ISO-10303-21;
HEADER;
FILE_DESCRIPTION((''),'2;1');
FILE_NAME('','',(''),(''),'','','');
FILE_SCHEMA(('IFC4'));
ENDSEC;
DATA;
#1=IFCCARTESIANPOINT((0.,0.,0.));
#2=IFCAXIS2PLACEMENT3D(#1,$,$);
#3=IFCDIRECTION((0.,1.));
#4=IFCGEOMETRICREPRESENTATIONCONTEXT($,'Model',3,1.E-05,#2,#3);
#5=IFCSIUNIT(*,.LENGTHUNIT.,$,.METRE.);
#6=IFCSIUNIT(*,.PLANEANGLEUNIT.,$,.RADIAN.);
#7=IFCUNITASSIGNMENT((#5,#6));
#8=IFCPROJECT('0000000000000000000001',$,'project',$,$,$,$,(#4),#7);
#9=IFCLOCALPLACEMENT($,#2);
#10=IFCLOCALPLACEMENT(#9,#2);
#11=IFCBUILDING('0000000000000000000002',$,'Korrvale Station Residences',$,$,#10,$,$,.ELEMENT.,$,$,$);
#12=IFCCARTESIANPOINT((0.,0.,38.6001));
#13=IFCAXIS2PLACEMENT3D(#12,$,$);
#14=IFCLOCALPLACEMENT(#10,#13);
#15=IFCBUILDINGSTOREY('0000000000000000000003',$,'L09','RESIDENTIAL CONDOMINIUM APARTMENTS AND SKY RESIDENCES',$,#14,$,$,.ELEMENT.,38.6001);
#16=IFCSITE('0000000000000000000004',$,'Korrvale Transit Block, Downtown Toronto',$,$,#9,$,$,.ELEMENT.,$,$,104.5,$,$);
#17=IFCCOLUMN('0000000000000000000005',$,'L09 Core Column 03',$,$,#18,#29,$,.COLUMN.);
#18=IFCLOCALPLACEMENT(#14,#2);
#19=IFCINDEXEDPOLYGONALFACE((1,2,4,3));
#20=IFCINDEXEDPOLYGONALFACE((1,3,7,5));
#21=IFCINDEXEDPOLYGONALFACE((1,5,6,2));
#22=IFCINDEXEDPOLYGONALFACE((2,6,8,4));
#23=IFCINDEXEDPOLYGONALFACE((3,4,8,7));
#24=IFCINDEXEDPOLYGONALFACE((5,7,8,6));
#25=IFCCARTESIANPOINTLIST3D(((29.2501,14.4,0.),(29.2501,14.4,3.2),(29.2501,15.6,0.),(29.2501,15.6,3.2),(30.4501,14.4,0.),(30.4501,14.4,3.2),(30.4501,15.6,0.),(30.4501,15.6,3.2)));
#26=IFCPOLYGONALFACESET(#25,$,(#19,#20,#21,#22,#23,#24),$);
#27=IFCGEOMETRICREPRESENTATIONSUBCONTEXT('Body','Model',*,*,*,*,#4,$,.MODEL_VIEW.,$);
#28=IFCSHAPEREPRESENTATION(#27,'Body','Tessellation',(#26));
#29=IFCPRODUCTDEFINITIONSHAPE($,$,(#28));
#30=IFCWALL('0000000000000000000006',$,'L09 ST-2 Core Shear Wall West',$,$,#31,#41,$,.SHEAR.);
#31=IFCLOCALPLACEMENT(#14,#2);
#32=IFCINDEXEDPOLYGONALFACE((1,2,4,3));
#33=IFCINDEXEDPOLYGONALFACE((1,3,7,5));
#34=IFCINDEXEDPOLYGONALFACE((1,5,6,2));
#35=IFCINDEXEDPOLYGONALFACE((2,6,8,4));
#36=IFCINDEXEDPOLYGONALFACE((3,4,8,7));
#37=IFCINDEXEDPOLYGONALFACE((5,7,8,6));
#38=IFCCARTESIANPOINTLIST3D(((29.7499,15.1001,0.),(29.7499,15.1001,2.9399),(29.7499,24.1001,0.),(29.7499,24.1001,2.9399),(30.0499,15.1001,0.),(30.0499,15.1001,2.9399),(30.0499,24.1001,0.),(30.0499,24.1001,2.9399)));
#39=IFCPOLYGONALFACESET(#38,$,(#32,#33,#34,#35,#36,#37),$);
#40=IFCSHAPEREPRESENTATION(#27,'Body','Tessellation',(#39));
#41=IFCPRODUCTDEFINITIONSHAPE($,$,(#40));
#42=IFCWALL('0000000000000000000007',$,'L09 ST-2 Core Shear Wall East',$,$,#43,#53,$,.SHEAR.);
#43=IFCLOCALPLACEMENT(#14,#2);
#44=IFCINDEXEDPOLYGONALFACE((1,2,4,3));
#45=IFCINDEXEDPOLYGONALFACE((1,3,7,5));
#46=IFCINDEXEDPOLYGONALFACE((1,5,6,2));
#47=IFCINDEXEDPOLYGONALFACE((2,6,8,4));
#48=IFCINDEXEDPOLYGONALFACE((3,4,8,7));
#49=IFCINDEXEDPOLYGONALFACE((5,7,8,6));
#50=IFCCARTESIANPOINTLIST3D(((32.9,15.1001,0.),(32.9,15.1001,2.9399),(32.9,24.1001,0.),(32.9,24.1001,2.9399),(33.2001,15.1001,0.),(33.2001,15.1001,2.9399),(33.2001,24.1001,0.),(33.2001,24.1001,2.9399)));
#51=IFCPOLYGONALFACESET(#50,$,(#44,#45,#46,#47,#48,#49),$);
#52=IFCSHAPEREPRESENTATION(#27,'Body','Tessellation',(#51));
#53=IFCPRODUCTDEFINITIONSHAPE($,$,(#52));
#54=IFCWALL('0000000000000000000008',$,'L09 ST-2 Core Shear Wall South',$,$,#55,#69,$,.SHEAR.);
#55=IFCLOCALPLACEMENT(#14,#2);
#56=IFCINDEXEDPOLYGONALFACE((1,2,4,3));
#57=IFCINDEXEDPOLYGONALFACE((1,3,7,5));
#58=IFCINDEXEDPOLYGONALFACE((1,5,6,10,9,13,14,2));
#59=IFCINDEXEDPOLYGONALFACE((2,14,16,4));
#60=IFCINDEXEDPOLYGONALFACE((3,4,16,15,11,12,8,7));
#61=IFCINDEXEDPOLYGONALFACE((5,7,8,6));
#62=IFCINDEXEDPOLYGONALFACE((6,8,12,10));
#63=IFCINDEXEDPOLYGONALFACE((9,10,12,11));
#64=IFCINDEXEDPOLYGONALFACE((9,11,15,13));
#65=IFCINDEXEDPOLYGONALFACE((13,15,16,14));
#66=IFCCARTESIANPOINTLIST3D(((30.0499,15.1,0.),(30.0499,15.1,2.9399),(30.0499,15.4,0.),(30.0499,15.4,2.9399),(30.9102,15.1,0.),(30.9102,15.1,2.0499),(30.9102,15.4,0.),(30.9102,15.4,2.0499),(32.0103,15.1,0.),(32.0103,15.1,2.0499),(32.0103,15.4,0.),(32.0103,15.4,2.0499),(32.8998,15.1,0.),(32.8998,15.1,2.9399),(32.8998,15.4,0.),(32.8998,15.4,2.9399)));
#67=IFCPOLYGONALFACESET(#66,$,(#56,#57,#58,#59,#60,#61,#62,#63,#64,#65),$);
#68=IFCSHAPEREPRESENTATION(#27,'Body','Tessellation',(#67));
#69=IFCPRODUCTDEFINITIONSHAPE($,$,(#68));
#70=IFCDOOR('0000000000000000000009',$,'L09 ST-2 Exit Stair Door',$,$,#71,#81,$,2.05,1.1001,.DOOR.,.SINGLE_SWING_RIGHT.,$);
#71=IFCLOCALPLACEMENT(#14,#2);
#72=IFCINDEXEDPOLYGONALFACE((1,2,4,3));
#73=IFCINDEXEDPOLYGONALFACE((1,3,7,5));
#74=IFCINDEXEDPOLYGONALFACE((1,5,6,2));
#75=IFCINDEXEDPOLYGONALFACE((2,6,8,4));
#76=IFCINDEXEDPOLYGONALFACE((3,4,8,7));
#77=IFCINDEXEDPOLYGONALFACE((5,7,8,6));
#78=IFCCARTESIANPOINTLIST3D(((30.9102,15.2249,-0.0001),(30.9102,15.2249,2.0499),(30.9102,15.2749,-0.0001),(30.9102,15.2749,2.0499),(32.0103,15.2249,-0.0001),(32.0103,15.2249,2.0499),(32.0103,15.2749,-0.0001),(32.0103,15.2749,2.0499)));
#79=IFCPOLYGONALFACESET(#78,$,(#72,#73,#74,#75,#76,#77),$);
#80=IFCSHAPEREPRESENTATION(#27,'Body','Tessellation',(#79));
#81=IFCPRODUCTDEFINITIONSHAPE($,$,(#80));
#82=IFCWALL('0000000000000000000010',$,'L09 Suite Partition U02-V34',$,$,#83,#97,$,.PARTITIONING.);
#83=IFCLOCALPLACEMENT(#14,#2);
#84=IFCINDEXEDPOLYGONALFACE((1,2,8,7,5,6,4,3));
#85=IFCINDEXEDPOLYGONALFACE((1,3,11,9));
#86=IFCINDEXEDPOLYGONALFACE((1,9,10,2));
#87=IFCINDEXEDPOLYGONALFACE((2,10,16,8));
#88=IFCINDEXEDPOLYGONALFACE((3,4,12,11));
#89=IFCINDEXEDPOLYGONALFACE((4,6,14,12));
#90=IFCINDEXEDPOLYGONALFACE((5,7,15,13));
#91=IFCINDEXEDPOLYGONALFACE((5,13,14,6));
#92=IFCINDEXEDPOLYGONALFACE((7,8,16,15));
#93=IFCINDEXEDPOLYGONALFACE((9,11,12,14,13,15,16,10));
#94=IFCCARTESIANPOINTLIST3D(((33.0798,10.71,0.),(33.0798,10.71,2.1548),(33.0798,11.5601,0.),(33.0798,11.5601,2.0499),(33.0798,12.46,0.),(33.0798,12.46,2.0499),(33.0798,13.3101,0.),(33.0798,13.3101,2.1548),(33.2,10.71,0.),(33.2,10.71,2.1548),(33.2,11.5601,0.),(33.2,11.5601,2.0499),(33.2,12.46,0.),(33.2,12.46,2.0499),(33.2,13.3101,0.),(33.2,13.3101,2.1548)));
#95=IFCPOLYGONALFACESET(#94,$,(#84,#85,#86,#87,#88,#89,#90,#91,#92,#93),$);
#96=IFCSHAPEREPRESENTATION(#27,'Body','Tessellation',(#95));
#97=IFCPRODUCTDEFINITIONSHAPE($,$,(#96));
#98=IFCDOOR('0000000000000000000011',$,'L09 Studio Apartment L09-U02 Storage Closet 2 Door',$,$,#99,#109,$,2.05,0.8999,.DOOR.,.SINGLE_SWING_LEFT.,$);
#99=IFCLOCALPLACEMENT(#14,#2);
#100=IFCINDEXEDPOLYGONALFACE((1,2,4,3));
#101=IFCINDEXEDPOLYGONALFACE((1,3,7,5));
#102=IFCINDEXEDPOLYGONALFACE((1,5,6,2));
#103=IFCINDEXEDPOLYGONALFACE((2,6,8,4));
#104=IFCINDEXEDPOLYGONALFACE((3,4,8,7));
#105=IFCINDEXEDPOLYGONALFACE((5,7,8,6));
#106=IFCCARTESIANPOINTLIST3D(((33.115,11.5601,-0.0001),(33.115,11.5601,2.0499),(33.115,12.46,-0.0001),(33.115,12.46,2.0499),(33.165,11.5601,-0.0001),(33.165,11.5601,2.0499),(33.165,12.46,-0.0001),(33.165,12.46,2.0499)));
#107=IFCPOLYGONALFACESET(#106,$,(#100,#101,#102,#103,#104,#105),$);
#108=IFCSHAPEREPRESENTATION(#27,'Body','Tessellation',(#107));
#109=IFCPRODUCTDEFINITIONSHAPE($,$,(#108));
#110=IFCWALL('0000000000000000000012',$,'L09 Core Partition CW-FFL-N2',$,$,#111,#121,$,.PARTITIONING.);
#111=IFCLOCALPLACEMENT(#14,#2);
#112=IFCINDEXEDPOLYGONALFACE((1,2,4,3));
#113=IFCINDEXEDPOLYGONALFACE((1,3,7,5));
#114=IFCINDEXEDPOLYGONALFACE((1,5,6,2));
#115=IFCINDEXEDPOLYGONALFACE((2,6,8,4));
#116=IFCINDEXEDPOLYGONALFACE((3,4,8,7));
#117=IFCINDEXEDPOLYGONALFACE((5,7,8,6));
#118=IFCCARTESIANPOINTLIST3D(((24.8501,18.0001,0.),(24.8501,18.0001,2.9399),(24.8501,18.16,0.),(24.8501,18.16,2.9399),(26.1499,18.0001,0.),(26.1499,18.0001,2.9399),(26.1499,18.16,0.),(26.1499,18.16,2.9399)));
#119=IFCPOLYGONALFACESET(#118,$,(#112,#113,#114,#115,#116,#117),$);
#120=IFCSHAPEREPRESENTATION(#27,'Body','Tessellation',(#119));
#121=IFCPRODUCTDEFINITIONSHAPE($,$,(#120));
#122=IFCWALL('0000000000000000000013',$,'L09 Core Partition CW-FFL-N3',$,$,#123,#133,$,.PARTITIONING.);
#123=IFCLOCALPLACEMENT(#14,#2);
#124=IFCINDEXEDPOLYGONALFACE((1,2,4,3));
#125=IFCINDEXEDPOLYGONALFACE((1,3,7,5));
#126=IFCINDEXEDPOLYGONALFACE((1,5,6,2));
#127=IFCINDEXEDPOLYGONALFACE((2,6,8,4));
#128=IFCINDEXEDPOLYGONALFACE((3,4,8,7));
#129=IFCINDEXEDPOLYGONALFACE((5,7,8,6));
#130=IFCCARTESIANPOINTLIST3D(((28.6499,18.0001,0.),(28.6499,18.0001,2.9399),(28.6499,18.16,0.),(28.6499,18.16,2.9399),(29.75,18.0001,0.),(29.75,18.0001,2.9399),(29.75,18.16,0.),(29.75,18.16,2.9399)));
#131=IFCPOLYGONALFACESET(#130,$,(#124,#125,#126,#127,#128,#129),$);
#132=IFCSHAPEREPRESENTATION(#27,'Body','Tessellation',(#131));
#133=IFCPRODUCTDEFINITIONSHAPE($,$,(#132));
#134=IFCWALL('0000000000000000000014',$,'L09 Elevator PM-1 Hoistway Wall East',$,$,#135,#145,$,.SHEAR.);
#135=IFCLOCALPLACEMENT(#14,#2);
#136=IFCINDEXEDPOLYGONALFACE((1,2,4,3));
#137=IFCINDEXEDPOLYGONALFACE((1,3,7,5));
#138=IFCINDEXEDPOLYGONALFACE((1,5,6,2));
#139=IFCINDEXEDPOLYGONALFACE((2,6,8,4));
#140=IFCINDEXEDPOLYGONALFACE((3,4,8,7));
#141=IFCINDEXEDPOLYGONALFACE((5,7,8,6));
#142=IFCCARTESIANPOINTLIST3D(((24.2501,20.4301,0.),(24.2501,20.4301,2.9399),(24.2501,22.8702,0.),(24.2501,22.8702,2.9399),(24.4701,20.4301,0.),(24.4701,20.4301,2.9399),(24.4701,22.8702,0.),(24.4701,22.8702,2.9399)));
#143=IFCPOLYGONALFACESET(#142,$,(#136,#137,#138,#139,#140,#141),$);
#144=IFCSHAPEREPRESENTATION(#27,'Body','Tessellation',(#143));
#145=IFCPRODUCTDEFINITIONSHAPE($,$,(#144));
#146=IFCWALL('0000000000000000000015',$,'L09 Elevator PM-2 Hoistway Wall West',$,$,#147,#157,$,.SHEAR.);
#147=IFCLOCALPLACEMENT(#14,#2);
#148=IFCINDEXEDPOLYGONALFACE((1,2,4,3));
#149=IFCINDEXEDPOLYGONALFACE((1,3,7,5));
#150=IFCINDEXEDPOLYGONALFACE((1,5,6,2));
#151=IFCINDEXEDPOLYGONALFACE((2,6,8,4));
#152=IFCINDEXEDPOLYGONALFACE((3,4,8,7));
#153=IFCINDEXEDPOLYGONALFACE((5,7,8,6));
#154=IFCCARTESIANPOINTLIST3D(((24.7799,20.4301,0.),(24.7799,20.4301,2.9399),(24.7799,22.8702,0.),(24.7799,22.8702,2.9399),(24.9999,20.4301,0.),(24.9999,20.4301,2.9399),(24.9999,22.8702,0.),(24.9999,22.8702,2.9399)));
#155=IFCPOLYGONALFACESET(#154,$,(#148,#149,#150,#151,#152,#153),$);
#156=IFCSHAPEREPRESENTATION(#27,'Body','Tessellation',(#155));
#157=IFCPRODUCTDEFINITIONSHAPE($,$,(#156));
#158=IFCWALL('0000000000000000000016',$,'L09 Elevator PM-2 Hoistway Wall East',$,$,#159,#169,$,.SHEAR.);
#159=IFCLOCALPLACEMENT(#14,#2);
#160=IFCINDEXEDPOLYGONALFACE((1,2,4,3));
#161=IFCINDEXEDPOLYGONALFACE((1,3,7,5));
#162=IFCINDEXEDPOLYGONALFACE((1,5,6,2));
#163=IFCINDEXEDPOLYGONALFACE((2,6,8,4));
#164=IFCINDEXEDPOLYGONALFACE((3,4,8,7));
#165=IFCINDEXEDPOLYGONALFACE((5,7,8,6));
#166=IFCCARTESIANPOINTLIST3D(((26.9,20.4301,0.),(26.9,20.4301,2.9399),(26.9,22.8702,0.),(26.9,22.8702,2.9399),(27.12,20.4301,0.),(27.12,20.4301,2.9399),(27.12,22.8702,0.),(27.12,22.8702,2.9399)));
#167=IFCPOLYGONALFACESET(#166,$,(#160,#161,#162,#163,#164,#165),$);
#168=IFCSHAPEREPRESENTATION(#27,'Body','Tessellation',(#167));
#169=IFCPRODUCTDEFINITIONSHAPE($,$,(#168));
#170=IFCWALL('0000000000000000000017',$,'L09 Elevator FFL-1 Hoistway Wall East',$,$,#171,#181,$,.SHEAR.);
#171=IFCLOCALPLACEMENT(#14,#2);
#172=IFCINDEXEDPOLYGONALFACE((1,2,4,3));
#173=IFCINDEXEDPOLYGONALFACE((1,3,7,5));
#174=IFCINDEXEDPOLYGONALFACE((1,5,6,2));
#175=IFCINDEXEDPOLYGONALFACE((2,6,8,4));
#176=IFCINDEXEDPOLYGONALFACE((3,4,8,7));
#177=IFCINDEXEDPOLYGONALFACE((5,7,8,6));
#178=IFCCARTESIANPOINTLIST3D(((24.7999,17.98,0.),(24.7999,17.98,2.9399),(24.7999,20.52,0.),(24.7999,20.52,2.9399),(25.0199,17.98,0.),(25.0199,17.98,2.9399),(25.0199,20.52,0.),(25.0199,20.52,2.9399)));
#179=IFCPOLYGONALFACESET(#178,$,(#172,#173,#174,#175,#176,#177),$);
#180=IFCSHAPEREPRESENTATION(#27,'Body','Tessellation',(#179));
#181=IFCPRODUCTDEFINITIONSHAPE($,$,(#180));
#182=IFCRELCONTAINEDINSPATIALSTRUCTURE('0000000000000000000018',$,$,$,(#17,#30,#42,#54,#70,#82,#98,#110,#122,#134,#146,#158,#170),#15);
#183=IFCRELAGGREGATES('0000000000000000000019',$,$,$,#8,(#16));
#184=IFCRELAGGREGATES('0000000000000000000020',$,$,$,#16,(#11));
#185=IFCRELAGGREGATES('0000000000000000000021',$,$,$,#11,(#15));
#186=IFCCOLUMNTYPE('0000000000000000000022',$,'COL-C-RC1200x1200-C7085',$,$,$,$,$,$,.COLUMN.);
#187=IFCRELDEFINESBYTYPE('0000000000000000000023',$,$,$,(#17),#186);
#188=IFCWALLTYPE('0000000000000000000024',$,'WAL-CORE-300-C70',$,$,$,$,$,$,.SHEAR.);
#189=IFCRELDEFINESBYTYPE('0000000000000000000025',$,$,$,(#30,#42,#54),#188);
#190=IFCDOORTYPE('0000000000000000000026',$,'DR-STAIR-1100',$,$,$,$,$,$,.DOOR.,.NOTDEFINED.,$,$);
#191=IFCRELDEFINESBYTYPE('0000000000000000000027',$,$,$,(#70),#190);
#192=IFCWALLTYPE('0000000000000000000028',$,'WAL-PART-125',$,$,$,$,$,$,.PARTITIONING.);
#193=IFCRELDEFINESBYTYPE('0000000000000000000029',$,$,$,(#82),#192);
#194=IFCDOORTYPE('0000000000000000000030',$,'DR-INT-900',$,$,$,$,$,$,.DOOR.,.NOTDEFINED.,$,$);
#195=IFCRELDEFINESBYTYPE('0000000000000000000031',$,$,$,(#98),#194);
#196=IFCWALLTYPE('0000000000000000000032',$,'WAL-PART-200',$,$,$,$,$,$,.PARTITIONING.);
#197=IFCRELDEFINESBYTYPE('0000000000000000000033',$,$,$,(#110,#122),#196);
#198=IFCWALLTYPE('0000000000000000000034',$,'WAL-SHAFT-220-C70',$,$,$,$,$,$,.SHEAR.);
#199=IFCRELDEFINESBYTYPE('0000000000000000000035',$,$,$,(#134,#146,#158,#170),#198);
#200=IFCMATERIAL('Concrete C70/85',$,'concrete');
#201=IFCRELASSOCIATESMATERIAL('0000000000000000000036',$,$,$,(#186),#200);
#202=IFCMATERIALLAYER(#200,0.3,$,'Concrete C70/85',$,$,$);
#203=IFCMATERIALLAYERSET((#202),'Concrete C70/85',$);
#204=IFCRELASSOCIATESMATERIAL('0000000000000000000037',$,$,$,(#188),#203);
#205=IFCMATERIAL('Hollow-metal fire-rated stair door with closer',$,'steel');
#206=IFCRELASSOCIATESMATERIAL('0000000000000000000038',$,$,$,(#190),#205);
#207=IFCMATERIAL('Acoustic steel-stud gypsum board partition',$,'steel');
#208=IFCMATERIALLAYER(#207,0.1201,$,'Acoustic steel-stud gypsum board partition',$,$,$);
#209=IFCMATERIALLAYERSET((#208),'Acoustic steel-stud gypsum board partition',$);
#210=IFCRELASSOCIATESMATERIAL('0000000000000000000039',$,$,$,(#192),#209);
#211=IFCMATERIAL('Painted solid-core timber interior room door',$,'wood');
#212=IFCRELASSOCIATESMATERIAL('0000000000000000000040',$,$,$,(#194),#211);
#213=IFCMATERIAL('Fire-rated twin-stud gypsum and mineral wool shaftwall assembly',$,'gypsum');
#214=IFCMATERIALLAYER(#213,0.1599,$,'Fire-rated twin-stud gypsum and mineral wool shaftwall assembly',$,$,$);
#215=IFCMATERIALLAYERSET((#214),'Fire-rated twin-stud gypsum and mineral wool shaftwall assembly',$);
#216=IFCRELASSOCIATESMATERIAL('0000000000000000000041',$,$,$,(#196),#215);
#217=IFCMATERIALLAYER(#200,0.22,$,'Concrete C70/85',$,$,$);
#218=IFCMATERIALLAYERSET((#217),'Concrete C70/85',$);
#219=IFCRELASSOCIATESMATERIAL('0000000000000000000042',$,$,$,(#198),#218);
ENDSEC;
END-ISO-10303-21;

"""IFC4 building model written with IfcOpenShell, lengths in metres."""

from ifc_helpers import new_model, si_unit, direction, frame, frame_2d, origin, origin_2d, place, context, subcontext, project, spatial, rectangle, extrude, material, layer, layer_set, material_profile, profile_set, type_object, element, fill, save


model = new_model("IFC4")

# Units and contexts
model_context = context("Model", 3, precision=1e-05, world=origin(), true_north=direction((0.0, 1.0)))
body_context = subcontext(model_context, "Body", "Model", "MODEL_VIEW")
ifc_project = project(units=[si_unit("LENGTHUNIT", "METRE"), si_unit("PLANEANGLEUNIT", "RADIAN")], contexts=[model_context])

# Site, building, storey
site_placement = place(None, origin())
site = spatial("IfcSite", under=ifc_project, at=site_placement, Name="Korrvale Transit Block, Downtown Toronto", CompositionType="ELEMENT", RefElevation=104.5)
building_placement = place(site_placement, origin())
building = spatial("IfcBuilding", under=site, at=building_placement, Name="Korrvale Station Residences", CompositionType="ELEMENT")
storey_placement = place(building_placement, frame((0.0, 0.0, 38.6001)))
storey = spatial("IfcBuildingStorey", under=building, at=storey_placement, Name="L09", Description="RESIDENTIAL CONDOMINIUM APARTMENTS AND SKY RESIDENCES", CompositionType="ELEMENT", Elevation=38.6001)

# Column
ifc_material_1 = material(Name="Concrete C70/85", Category="concrete")
ifc_material_profile = material_profile(ifc_material_1, rectangle(XDim=1.2, YDim=1.2, at=origin_2d()), Name="RC1200x1200")
ifc_profile_set = profile_set([ifc_material_profile], Name="Concrete C70/85")
column_type = type_object("IfcColumnType", Name="COL-C-RC1200x1200-C7085", PredefinedType="COLUMN", material=ifc_profile_set)
column_placement = place(storey_placement, frame((29.8501, 15.0, 0.0), z_axis=(0.0, 0.0, 1.0), x_axis=(1.0, 0.0, 0.0)))
element("IfcColumn", 1, at=column_placement, inside=storey, type_object=column_type, Name="L09 Core Column 03", PredefinedType="COLUMN", context=body_context, shape_type="SweptSolid", body=[
    extrude(rectangle(XDim=1.2, YDim=1.2, at=origin_2d()), origin(), (0.0, 0.0, 1.0), 3.2),
])

# Walls
ifc_layer_1 = layer(ifc_material_1, 0.3, Name="Concrete C70/85")
ifc_layer_set_1 = layer_set([ifc_layer_1], Name="Concrete C70/85")
wall_type_1 = type_object("IfcWallType", Name="WAL-CORE-300-C70", PredefinedType="SHEAR", material=ifc_layer_set_1)
for number, where, z_axis, x_axis, name in (
    (2, (29.8999, 15.1001, 0.0), (0.0, 0.0, 1.0), (0.0, 1.0, 0.0), "L09 ST-2 Core Shear Wall West"),
    (3, (33.05, 15.1001, 0.0), (0.0, 0.0, 1.0), (0.0, 1.0, 0.0), "L09 ST-2 Core Shear Wall East"),
):
    element("IfcWall", number, at=place(storey_placement, frame(where, z_axis=z_axis, x_axis=x_axis)), inside=storey, type_object=wall_type_1, Name=name, PredefinedType="SHEAR", context=body_context, shape_type="SweptSolid", body=[
        extrude(rectangle(XDim=9.0, YDim=0.3, at=frame_2d((4.5, 0.0))), origin(), (0.0, 0.0, 1.0), 2.9399),
    ])

# Walls, openings, doors
wall_1_placement = place(storey_placement, frame((30.05, 15.25, 0.0), z_axis=(0.0, 0.0, 1.0), x_axis=(1.0, 0.0, 0.0)))
wall_1 = element("IfcWall", 4, at=wall_1_placement, inside=storey, type_object=wall_type_1, Name="L09 ST-2 Core Shear Wall South", PredefinedType="SHEAR", context=body_context, shape_type="SweptSolid", body=[
    extrude(rectangle(XDim=2.8499, YDim=0.3, at=frame_2d((1.4248, 0.0))), origin(), (0.0, 0.0, 1.0), 2.9399),
])
opening_1_placement = place(wall_1_placement, frame((0.8601, 0.0, 0.0)))
opening_1 = element("IfcOpeningElement", 5, at=opening_1_placement, cuts=wall_1, PredefinedType="OPENING", context=body_context, shape_type="SweptSolid", body=[
    extrude(rectangle(XDim=1.1001, YDim=2.05, at=frame_2d((0.55, 1.0249))), frame((0.0, 0.1602, 0.0), z_axis=(0.0, -1.0, 0.0), x_axis=(1.0, 0.0, 0.0)), (0.0, 0.0, 1.0), 0.3201),
])
ifc_material_2 = material(Name="Hollow-metal fire-rated stair door with closer", Category="steel")
door_type_1 = type_object("IfcDoorType", Name="DR-STAIR-1100", OperationType="NOTDEFINED", PredefinedType="DOOR", material=ifc_material_2)
door_1_placement = place(opening_1_placement, origin())
door_1 = element("IfcDoor", 6, at=door_1_placement, inside=storey, type_object=door_type_1, Name="L09 ST-2 Exit Stair Door", OperationType="SINGLE_SWING_RIGHT", OverallHeight=2.05, OverallWidth=1.1001, PredefinedType="DOOR", context=body_context, shape_type="SweptSolid", body=[
    extrude(rectangle(XDim=1.1001, YDim=2.05, at=frame_2d((0.55, 1.0249))), frame((0.0, 0.0249, 0.0), z_axis=(0.0, -1.0, 0.0), x_axis=(1.0, 0.0, 0.0)), (0.0, 0.0, 1.0), 0.05),
])
fill(opening_1, door_1)
ifc_material_3 = material(Name="Acoustic steel-stud gypsum board partition", Category="steel")
ifc_layer_2 = layer(ifc_material_3, 0.1201, Name="Acoustic steel-stud gypsum board partition")
ifc_layer_set_2 = layer_set([ifc_layer_2], Name="Acoustic steel-stud gypsum board partition")
wall_type_2 = type_object("IfcWallType", Name="WAL-PART-125", PredefinedType="PARTITIONING", material=ifc_layer_set_2)
wall_2_placement = place(storey_placement, frame((33.1399, 10.71, 0.0), z_axis=(0.0, 0.0, 1.0), x_axis=(0.0, 1.0, 0.0)))
wall_2 = element("IfcWall", 7, at=wall_2_placement, inside=storey, type_object=wall_type_2, Name="L09 Suite Partition U02-V34", PredefinedType="PARTITIONING", context=body_context, shape_type="SweptSolid", body=[
    extrude(rectangle(XDim=2.6001, YDim=0.1201, at=frame_2d((1.3, 0.0))), origin(), (0.0, 0.0, 1.0), 2.1548),
])
opening_2_placement = place(wall_2_placement, frame((0.8501, 0.0, 0.0)))
opening_2 = element("IfcOpeningElement", 8, at=opening_2_placement, cuts=wall_2, PredefinedType="OPENING", context=body_context, shape_type="SweptSolid", body=[
    extrude(rectangle(XDim=0.8999, YDim=2.05, at=frame_2d((0.45, 1.0249))), frame((0.0, 0.0701, 0.0), z_axis=(0.0, -1.0, 0.0), x_axis=(1.0, 0.0, 0.0)), (0.0, 0.0, 1.0), 0.1401),
])
ifc_material_4 = material(Name="Painted solid-core timber interior room door", Category="wood")
door_type_2 = type_object("IfcDoorType", Name="DR-INT-900", OperationType="NOTDEFINED", PredefinedType="DOOR", material=ifc_material_4)
door_2_placement = place(opening_2_placement, origin())
door_2 = element("IfcDoor", 9, at=door_2_placement, inside=storey, type_object=door_type_2, Name="L09 Studio Apartment L09-U02 Storage Closet 2 Door", OperationType="SINGLE_SWING_LEFT", OverallHeight=2.05, OverallWidth=0.8999, PredefinedType="DOOR", context=body_context, shape_type="SweptSolid", body=[
    extrude(rectangle(XDim=0.8999, YDim=2.05, at=frame_2d((0.45, 1.0249))), frame((0.0, 0.0249, 0.0), z_axis=(0.0, -1.0, 0.0), x_axis=(1.0, 0.0, 0.0)), (0.0, 0.0, 1.0), 0.05),
])
fill(opening_2, door_2)

# Walls
ifc_material_5 = material(Name="Fire-rated twin-stud gypsum and mineral wool shaftwall assembly", Category="gypsum")
ifc_layer_3 = layer(ifc_material_5, 0.1599, Name="Fire-rated twin-stud gypsum and mineral wool shaftwall assembly")
ifc_layer_set_3 = layer_set([ifc_layer_3], Name="Fire-rated twin-stud gypsum and mineral wool shaftwall assembly")
wall_type_3 = type_object("IfcWallType", Name="WAL-PART-200", PredefinedType="PARTITIONING", material=ifc_layer_set_3)
wall_3_placement = place(storey_placement, frame((24.8501, 18.0801, 0.0), z_axis=(0.0, 0.0, 1.0), x_axis=(1.0, 0.0, 0.0)))
element("IfcWall", 10, at=wall_3_placement, inside=storey, type_object=wall_type_3, Name="L09 Core Partition CW-FFL-N2", PredefinedType="PARTITIONING", context=body_context, shape_type="SweptSolid", body=[
    extrude(rectangle(XDim=1.2998, YDim=0.1599, at=frame_2d((0.6499, 0.0))), origin(), (0.0, 0.0, 1.0), 2.9399),
])
wall_4_placement = place(storey_placement, frame((28.6499, 18.0801, 0.0), z_axis=(0.0, 0.0, 1.0), x_axis=(1.0, 0.0, 0.0)))
element("IfcWall", 11, at=wall_4_placement, inside=storey, type_object=wall_type_3, Name="L09 Core Partition CW-FFL-N3", PredefinedType="PARTITIONING", context=body_context, shape_type="SweptSolid", body=[
    extrude(rectangle(XDim=1.1001, YDim=0.1599, at=frame_2d((0.55, 0.0))), origin(), (0.0, 0.0, 1.0), 2.9399),
])
ifc_layer_4 = layer(ifc_material_1, 0.22, Name="Concrete C70/85")
ifc_layer_set_4 = layer_set([ifc_layer_4], Name="Concrete C70/85")
wall_type_4 = type_object("IfcWallType", Name="WAL-SHAFT-220-C70", PredefinedType="SHEAR", material=ifc_layer_set_4)
for number, where, z_axis, x_axis, name in (
    (12, (24.3601, 20.4299, 0.0), (0.0, 0.0, 1.0), (0.0, 1.0, 0.0), "L09 Elevator PM-1 Hoistway Wall East"),
    (13, (24.8899, 20.4299, 0.0), (0.0, 0.0, 1.0), (0.0, 1.0, 0.0), "L09 Elevator PM-2 Hoistway Wall West"),
    (14, (27.01, 20.4299, 0.0), (0.0, 0.0, 1.0), (0.0, 1.0, 0.0), "L09 Elevator PM-2 Hoistway Wall East"),
):
    element("IfcWall", number, at=place(storey_placement, frame(where, z_axis=z_axis, x_axis=x_axis)), inside=storey, type_object=wall_type_4, Name=name, PredefinedType="SHEAR", context=body_context, shape_type="SweptSolid", body=[
        extrude(rectangle(XDim=2.4402, YDim=0.22, at=frame_2d((1.2202, 0.0))), origin(), (0.0, 0.0, 1.0), 2.9399),
    ])
wall_5_placement = place(storey_placement, frame((24.9099, 17.98, 0.0), z_axis=(0.0, 0.0, 1.0), x_axis=(0.0, 1.0, 0.0)))
element("IfcWall", 15, at=wall_5_placement, inside=storey, type_object=wall_type_4, Name="L09 Elevator FFL-1 Hoistway Wall East", PredefinedType="SHEAR", context=body_context, shape_type="SweptSolid", body=[
    extrude(rectangle(XDim=2.54, YDim=0.22, at=frame_2d((1.27, 0.0))), origin(), (0.0, 0.0, 1.0), 2.9399),
])

save(model, "model.ifc")
